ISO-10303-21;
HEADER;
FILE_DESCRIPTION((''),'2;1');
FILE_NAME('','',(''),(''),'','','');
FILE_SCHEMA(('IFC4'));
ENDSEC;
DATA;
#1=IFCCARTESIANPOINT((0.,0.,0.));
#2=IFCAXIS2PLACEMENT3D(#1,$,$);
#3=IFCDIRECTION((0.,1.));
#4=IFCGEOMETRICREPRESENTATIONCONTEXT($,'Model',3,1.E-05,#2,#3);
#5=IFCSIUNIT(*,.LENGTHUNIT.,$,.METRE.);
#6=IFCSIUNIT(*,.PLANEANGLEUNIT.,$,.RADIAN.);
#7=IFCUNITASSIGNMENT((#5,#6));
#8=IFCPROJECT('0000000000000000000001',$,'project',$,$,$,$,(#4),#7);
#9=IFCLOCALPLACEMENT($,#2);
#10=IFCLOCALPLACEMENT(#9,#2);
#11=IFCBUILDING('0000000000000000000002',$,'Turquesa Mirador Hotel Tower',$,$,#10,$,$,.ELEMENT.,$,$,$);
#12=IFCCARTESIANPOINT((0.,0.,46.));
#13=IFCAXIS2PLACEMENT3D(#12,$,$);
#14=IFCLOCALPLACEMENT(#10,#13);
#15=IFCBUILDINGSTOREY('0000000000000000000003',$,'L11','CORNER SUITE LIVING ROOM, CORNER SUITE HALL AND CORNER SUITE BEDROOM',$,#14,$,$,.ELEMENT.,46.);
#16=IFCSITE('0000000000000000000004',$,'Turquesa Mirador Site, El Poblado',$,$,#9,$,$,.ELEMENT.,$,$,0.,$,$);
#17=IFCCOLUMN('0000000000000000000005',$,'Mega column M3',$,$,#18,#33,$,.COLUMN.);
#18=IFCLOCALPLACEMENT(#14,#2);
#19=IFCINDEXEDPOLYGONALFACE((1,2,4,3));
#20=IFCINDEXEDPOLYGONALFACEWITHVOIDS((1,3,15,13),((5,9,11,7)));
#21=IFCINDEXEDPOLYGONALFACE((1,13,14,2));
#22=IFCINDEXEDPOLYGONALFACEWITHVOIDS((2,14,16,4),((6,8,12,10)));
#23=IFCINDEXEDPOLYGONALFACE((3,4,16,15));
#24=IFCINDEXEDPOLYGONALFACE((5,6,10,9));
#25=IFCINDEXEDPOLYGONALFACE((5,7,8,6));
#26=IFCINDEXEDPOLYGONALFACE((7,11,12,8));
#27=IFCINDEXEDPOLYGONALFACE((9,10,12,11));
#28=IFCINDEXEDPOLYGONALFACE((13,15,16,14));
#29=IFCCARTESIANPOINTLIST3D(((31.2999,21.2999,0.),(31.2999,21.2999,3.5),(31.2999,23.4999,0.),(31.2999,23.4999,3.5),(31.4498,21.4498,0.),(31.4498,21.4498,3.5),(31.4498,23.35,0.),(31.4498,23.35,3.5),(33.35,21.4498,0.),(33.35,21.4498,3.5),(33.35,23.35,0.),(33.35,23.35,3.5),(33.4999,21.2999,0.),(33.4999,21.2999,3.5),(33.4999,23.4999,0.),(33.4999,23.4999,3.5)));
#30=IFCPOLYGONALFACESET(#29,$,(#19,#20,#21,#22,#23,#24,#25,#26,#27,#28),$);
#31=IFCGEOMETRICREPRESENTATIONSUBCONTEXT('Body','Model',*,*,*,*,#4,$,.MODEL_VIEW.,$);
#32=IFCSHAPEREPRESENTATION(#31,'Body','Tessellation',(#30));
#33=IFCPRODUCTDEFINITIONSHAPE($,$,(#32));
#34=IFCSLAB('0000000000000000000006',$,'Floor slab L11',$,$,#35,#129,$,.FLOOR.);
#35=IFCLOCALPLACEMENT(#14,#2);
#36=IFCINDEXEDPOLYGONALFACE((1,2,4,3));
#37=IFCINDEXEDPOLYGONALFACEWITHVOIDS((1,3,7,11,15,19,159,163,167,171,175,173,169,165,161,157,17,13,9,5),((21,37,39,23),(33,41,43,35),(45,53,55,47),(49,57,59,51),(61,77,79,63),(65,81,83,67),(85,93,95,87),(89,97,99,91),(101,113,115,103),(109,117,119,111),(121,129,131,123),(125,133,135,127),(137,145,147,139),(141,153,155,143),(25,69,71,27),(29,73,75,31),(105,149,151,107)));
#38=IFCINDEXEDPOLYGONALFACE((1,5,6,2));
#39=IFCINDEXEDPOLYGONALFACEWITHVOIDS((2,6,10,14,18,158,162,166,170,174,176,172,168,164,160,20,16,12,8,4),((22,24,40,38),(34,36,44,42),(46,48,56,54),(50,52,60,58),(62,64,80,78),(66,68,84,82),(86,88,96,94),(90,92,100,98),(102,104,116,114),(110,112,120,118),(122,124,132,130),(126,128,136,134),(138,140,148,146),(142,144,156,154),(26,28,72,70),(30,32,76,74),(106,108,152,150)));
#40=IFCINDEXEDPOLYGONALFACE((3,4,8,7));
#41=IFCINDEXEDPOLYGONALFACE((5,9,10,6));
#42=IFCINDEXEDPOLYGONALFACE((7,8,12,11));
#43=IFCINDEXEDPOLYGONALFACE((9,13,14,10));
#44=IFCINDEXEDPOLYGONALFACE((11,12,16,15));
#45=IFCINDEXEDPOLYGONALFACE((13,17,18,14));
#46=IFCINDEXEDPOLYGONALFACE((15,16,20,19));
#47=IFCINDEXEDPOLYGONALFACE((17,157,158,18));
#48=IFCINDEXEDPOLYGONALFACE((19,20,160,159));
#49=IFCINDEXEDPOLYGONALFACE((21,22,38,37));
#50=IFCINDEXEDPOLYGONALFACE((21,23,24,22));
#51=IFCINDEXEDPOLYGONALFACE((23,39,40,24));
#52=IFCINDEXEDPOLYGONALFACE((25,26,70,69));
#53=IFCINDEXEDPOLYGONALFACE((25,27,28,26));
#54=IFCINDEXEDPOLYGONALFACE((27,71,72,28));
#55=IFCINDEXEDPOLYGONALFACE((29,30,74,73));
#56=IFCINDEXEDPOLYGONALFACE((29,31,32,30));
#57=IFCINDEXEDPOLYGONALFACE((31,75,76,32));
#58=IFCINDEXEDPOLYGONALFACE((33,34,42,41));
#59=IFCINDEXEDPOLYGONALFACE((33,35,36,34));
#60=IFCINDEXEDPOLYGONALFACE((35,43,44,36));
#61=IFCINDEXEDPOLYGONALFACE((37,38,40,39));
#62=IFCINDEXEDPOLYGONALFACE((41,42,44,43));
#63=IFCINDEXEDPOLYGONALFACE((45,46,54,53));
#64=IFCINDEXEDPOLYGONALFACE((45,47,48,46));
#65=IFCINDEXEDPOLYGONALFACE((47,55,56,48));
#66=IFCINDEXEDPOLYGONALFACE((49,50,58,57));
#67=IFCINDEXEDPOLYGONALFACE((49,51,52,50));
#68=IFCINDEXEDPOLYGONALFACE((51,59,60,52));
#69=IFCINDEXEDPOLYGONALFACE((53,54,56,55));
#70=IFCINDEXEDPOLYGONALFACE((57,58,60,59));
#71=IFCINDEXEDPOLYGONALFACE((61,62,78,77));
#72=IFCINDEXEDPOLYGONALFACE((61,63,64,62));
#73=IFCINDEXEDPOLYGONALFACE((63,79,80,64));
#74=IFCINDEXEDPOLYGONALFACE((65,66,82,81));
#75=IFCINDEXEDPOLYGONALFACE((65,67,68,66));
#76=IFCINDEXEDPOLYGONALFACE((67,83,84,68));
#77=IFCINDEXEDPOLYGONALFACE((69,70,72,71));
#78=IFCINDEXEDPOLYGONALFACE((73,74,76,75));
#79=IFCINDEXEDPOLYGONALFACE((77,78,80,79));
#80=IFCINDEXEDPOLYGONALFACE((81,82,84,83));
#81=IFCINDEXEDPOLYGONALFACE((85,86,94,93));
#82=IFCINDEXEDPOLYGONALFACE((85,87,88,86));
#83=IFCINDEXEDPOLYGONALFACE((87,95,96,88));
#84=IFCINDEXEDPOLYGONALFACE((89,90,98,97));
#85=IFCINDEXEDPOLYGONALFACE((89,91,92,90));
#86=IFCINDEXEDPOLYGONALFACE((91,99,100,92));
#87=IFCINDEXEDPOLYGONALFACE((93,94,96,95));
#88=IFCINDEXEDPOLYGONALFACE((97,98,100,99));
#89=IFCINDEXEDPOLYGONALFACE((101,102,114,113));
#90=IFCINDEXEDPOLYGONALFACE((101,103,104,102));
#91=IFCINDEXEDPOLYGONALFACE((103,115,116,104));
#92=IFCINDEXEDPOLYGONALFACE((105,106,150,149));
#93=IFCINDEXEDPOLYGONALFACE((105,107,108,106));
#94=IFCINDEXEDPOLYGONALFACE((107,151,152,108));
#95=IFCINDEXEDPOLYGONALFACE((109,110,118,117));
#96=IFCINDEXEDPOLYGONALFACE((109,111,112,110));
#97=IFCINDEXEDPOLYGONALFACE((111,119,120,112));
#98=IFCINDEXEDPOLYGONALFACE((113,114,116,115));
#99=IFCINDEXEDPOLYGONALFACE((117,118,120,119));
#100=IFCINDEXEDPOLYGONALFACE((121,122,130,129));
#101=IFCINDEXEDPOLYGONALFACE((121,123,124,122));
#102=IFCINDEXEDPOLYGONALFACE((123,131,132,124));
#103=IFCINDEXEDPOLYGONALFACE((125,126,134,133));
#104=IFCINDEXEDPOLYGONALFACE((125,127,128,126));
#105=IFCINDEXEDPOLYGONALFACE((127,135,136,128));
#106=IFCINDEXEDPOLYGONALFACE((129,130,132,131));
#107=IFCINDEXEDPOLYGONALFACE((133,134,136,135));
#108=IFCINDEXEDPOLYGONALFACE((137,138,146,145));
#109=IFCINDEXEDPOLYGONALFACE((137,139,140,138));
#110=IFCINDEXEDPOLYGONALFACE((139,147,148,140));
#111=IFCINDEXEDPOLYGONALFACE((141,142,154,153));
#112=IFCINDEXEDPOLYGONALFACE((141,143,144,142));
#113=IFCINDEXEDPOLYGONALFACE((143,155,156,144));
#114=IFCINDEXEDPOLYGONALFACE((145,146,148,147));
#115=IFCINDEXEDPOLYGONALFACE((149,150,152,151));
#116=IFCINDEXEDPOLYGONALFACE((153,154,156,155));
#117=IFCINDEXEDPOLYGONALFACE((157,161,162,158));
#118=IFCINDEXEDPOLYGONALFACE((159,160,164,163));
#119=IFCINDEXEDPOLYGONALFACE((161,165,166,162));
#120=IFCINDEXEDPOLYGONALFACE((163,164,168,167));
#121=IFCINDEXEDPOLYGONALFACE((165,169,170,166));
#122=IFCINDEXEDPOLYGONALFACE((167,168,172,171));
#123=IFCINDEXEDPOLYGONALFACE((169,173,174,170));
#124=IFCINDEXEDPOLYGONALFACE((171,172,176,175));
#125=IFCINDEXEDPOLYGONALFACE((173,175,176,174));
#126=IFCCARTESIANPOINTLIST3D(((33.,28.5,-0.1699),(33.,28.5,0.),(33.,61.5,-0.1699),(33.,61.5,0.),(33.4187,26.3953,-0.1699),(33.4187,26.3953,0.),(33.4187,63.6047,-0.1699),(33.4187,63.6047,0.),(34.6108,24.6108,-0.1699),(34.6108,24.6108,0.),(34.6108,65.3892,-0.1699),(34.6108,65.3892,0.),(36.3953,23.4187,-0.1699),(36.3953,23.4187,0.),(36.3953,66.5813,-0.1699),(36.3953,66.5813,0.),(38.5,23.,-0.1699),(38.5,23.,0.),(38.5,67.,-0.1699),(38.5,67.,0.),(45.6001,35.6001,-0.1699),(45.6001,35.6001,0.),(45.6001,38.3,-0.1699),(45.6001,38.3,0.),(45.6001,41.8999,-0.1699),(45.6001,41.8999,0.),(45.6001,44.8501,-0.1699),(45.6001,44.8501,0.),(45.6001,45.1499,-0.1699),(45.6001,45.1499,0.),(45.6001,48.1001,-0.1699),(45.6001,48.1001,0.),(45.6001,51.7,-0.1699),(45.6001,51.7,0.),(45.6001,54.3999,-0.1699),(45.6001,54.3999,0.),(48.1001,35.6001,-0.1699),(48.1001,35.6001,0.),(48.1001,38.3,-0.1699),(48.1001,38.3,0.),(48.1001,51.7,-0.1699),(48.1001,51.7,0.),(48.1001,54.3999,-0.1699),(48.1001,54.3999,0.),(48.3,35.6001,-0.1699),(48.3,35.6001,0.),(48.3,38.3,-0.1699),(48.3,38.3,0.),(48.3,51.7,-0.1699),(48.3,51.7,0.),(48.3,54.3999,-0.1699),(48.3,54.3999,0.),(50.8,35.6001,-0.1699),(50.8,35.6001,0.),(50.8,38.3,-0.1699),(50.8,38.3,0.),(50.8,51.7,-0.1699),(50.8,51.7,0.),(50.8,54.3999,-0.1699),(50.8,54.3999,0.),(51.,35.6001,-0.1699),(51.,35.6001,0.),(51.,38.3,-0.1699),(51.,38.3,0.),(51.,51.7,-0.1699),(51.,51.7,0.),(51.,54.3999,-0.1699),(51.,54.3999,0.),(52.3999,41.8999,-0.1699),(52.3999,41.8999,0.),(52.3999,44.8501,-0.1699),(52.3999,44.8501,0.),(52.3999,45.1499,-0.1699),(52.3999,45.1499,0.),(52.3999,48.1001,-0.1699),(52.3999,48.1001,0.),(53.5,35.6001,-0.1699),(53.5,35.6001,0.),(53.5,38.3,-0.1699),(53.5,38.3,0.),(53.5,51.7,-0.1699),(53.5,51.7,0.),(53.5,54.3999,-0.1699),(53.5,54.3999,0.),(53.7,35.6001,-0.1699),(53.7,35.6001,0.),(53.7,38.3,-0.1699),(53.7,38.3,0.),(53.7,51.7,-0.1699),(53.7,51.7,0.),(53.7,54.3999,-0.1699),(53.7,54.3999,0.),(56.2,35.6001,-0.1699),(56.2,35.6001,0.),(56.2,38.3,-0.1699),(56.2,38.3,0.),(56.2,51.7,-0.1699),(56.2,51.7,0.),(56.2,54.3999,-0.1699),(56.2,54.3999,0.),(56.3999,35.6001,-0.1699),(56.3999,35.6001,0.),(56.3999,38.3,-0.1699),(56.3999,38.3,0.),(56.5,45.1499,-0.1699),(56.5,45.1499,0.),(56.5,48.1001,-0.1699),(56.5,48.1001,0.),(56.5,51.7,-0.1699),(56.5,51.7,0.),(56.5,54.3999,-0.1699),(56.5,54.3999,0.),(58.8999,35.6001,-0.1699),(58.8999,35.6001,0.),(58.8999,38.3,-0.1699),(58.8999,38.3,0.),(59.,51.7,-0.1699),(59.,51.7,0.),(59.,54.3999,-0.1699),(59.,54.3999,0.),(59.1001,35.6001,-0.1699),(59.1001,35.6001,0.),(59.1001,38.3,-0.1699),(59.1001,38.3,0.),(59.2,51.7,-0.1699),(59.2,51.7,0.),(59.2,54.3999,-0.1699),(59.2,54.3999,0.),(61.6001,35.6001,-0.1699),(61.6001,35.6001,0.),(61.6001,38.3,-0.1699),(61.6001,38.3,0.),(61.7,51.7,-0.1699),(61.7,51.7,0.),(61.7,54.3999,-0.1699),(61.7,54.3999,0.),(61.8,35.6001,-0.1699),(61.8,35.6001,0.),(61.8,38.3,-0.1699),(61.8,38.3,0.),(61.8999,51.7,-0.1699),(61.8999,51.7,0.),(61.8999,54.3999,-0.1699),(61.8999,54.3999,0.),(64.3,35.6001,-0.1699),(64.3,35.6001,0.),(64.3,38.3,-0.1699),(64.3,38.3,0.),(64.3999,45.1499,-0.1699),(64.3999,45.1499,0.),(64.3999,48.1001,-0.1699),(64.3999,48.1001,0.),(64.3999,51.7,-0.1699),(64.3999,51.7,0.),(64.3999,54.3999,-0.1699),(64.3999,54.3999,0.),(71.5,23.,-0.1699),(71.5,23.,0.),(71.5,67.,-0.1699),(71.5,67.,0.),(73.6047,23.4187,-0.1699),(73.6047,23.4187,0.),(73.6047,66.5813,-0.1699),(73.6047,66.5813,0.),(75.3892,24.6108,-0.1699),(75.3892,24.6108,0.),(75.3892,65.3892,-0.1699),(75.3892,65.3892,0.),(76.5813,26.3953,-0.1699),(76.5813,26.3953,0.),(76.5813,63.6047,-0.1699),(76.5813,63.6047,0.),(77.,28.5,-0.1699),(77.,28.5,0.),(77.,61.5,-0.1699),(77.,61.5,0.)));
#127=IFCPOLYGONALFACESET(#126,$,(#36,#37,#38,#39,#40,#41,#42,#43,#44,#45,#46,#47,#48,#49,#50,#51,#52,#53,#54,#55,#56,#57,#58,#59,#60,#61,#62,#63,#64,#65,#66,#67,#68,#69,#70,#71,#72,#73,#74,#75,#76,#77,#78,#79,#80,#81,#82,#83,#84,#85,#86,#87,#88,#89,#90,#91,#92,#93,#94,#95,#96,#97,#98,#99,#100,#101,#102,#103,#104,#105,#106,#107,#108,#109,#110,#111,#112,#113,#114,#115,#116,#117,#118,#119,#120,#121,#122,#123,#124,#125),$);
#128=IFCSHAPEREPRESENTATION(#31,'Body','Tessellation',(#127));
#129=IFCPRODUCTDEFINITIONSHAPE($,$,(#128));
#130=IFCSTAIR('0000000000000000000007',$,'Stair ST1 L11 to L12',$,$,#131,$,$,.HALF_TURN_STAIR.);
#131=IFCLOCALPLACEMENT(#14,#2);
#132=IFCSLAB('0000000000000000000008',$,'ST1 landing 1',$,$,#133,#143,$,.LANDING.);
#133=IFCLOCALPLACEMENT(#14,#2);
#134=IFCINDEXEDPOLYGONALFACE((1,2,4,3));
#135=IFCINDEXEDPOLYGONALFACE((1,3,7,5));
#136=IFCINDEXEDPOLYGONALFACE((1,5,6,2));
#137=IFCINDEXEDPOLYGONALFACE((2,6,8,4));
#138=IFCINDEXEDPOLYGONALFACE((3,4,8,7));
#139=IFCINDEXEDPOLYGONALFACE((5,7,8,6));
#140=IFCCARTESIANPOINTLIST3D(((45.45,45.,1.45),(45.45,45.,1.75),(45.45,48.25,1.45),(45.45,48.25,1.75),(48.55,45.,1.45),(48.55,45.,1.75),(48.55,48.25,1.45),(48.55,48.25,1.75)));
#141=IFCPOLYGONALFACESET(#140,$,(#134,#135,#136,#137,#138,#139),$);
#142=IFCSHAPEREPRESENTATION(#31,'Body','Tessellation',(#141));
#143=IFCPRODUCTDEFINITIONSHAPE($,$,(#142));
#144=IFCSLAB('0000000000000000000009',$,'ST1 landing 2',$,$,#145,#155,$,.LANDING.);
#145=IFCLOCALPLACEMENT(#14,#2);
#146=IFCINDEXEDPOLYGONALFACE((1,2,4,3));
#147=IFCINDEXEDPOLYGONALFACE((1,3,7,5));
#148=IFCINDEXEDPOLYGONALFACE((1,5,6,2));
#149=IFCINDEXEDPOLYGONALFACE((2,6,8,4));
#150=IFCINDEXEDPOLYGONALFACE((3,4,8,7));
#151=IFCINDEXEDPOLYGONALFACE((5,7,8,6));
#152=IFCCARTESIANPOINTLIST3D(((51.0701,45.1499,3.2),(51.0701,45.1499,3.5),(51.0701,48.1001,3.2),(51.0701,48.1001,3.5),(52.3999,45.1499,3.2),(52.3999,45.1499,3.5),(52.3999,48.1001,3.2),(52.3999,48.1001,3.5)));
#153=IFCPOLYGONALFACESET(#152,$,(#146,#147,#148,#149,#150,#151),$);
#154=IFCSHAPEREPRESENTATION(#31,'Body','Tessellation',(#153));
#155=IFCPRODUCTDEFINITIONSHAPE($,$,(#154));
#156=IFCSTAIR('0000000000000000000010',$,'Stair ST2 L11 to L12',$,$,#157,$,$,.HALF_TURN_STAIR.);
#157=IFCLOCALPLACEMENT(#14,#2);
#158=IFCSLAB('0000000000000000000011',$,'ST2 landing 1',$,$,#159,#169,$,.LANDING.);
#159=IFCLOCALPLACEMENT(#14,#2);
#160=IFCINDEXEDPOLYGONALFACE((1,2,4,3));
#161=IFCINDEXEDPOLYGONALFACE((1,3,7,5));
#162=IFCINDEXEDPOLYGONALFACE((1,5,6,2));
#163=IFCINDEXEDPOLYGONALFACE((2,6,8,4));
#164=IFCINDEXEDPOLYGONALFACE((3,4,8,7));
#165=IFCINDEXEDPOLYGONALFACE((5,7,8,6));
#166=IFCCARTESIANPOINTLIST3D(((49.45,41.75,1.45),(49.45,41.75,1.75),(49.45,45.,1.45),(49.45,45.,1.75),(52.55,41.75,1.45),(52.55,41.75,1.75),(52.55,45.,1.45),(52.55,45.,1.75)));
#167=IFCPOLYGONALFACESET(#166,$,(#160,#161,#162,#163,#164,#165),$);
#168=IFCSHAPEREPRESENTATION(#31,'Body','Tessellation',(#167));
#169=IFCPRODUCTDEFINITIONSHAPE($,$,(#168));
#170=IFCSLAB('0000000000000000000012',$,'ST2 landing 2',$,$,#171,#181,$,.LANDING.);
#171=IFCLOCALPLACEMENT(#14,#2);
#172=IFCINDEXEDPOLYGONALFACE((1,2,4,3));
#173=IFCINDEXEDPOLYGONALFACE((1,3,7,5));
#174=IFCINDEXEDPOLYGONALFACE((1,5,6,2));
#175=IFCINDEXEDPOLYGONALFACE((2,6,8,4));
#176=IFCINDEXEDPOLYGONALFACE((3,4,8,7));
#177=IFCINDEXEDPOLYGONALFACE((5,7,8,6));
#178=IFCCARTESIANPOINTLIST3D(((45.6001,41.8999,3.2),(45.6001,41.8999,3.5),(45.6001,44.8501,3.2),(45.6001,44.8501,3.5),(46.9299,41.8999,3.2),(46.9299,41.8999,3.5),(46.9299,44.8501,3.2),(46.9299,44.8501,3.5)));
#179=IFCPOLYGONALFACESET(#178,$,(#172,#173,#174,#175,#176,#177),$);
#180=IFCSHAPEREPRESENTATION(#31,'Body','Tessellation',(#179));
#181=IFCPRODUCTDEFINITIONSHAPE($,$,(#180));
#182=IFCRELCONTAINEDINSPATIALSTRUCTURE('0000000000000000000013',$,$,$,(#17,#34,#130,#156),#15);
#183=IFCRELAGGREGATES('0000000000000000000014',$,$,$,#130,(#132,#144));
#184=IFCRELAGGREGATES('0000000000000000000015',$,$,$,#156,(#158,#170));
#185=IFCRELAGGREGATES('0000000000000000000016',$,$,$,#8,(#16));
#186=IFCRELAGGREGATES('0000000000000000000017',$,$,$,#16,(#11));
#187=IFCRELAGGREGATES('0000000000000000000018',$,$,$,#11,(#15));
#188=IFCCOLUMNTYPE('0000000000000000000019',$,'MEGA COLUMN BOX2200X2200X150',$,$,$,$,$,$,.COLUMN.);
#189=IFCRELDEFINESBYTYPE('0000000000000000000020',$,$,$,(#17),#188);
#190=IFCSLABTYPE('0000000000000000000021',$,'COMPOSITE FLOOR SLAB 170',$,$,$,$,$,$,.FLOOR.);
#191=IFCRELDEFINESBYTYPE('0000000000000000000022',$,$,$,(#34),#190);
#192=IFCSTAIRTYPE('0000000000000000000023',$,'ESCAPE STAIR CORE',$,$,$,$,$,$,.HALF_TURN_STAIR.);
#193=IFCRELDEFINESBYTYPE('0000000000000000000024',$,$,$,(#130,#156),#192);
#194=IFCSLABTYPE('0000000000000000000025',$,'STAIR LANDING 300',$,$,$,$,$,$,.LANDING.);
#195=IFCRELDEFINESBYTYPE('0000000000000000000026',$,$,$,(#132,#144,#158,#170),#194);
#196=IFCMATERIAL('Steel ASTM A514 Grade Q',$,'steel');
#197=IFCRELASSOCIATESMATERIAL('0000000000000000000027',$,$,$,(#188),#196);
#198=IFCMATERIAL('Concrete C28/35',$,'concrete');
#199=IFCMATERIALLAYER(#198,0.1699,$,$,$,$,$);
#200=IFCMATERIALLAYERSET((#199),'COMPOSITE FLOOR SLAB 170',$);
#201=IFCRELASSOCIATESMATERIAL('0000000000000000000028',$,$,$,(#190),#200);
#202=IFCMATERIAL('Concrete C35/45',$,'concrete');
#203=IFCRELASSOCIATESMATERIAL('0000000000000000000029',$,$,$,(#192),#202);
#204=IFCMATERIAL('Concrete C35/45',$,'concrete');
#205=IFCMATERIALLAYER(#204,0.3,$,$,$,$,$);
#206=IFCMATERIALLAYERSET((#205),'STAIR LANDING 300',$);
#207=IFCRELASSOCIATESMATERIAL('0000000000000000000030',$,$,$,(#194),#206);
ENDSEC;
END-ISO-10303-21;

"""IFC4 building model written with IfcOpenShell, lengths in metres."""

from ifc_helpers import new_model, si_unit, direction, frame, origin, origin_2d, place, context, subcontext, project, spatial, polyline, hollow_rectangle, outline, extrude, material, layer, layer_set, material_profile, profile_set, type_object, element, aggregate, save


model = new_model("IFC4")

# Units and contexts
model_context = context("Model", 3, precision=1e-05, world=origin(), true_north=direction((0.0, 1.0)))
body_context = subcontext(model_context, "Body", "Model", "MODEL_VIEW")
ifc_project = project(units=[si_unit("LENGTHUNIT", "METRE"), si_unit("PLANEANGLEUNIT", "RADIAN")], contexts=[model_context])

# Site, building, storey
site_placement = place(None, origin())
site = spatial("IfcSite", under=ifc_project, at=site_placement, Name="Turquesa Mirador Site, El Poblado", CompositionType="ELEMENT", RefElevation=0.0)
building_placement = place(site_placement, origin())
building = spatial("IfcBuilding", under=site, at=building_placement, Name="Turquesa Mirador Hotel Tower", CompositionType="ELEMENT")
storey_placement = place(building_placement, frame((0.0, 0.0, 46.0)))
storey = spatial("IfcBuildingStorey", under=building, at=storey_placement, Name="L11", Description="CORNER SUITE LIVING ROOM, CORNER SUITE HALL AND CORNER SUITE BEDROOM", CompositionType="ELEMENT", Elevation=46.0)

# Column
ifc_material_1 = material(Name="Steel ASTM A514 Grade Q", Category="steel")
ifc_material_profile = material_profile(ifc_material_1, hollow_rectangle(XDim=2.2, YDim=2.2, WallThickness=0.1499, at=origin_2d()), Name="BOX2200X2200X150")
ifc_profile_set = profile_set([ifc_material_profile], Name="Steel ASTM A514 Grade Q")
column_type = type_object("IfcColumnType", Name="MEGA COLUMN BOX2200X2200X150", PredefinedType="COLUMN", material=ifc_profile_set)
column_placement = place(storey_placement, frame((32.3999, 22.3999, 0.0), z_axis=(0.0, 0.0, 1.0), x_axis=(1.0, 0.0, 0.0)))
element("IfcColumn", 1, at=column_placement, inside=storey, type_object=column_type, Name="Mega column M3", PredefinedType="COLUMN", context=body_context, shape_type="SweptSolid", body=[
    extrude(hollow_rectangle(XDim=2.2, YDim=2.2, WallThickness=0.1499, at=origin_2d()), origin(), (0.0, 0.0, 1.0), 3.5),
])

# Slab
ifc_material_2 = material(Name="Concrete C28/35", Category="concrete")
ifc_layer_1 = layer(ifc_material_2, 0.1699)
ifc_layer_set_1 = layer_set([ifc_layer_1], Name="COMPOSITE FLOOR SLAB 170")
slab_type_1 = type_object("IfcSlabType", Name="COMPOSITE FLOOR SLAB 170", PredefinedType="FLOOR", material=ifc_layer_set_1)
slab_1_placement = place(storey_placement, frame((0.0, 0.0, -0.1699)))
element("IfcSlab", 2, at=slab_1_placement, inside=storey, type_object=slab_type_1, Name="Floor slab L11", PredefinedType="FLOOR", context=body_context, shape_type="SweptSolid", body=[
    extrude(outline(polyline([(71.5, 23.0), (73.6047, 23.4187), (75.3892, 24.6108), (76.5813, 26.3953), (77.0, 28.5), (77.0, 61.5), (76.5813, 63.6047), (75.3892, 65.3892), (73.6047, 66.5813), (71.5, 67.0), (38.5, 67.0), (36.3953, 66.5813), (34.6108, 65.3892), (33.4187, 63.6047), (33.0, 61.5), (33.0, 28.5), (33.4187, 26.3953), (34.6108, 24.6108), (36.3953, 23.4187), (38.5, 23.0), (71.5, 23.0)]), holes=[polyline([(45.6001, 51.7), (48.1001, 51.7), (48.1001, 54.3999), (45.6001, 54.3999), (45.6001, 51.7)]), polyline([(48.3, 51.7), (50.8, 51.7), (50.8, 54.3999), (48.3, 54.3999), (48.3, 51.7)]), polyline([(51.0, 51.7), (53.5, 51.7), (53.5, 54.3999), (51.0, 54.3999), (51.0, 51.7)]), polyline([(53.7, 51.7), (56.2, 51.7), (56.2, 54.3999), (53.7, 54.3999), (53.7, 51.7)]), polyline([(56.5, 51.7), (59.0, 51.7), (59.0, 54.3999), (56.5, 54.3999), (56.5, 51.7)]), polyline([(59.2, 51.7), (61.7, 51.7), (61.7, 54.3999), (59.2, 54.3999), (59.2, 51.7)]), polyline([(45.6001, 35.6001), (48.1001, 35.6001), (48.1001, 38.3), (45.6001, 38.3), (45.6001, 35.6001)]), polyline([(48.3, 35.6001), (50.8, 35.6001), (50.8, 38.3), (48.3, 38.3), (48.3, 35.6001)]), polyline([(51.0, 35.6001), (53.5, 35.6001), (53.5, 38.3), (51.0, 38.3), (51.0, 35.6001)]), polyline([(53.7, 35.6001), (56.2, 35.6001), (56.2, 38.3), (53.7, 38.3), (53.7, 35.6001)]), polyline([(56.3999, 35.6001), (58.8999, 35.6001), (58.8999, 38.3), (56.3999, 38.3), (56.3999, 35.6001)]), polyline([(59.1001, 35.6001), (61.6001, 35.6001), (61.6001, 38.3), (59.1001, 38.3), (59.1001, 35.6001)]), polyline([(61.8, 35.6001), (64.3, 35.6001), (64.3, 38.3), (61.8, 38.3), (61.8, 35.6001)]), polyline([(45.6001, 45.1499), (52.3999, 45.1499), (52.3999, 48.1001), (45.6001, 48.1001), (45.6001, 45.1499)]), polyline([(45.6001, 41.8999), (52.3999, 41.8999), (52.3999, 44.8501), (45.6001, 44.8501), (45.6001, 41.8999)]), polyline([(56.5, 45.1499), (64.3999, 45.1499), (64.3999, 48.1001), (56.5, 48.1001), (56.5, 45.1499)]), polyline([(61.8999, 51.7), (64.3999, 51.7), (64.3999, 54.3999), (61.8999, 54.3999), (61.8999, 51.7)])]), origin(), (0.0, 0.0, 1.0), 0.1699),
])

# Stairs, slabs
ifc_material_3 = material(Name="Concrete C35/45", Category="concrete")
stair_type = type_object("IfcStairType", Name="ESCAPE STAIR CORE", PredefinedType="HALF_TURN_STAIR", material=ifc_material_3)
stair_1_placement = place(storey_placement, origin())
stair_1 = element("IfcStair", 3, at=stair_1_placement, inside=storey, type_object=stair_type, Name="Stair ST1 L11 to L12", PredefinedType="HALF_TURN_STAIR")
ifc_material_4 = material(Name="Concrete C35/45", Category="concrete")
ifc_layer_2 = layer(ifc_material_4, 0.3)
ifc_layer_set_2 = layer_set([ifc_layer_2], Name="STAIR LANDING 300")
slab_type_2 = type_object("IfcSlabType", Name="STAIR LANDING 300", PredefinedType="LANDING", material=ifc_layer_set_2)
slab_2_placement = place(storey_placement, frame((0.0, 0.0, 1.45)))
slab_2 = element("IfcSlab", 4, at=slab_2_placement, type_object=slab_type_2, Name="ST1 landing 1", PredefinedType="LANDING", context=body_context, shape_type="SweptSolid", body=[
    extrude(outline(polyline([(45.45, 45.0), (48.55, 45.0), (48.55, 48.25), (45.45, 48.25), (45.45, 45.0)])), origin(), (0.0, 0.0, 1.0), 0.3),
])
slab_3_placement = place(storey_placement, frame((0.0, 0.0, 3.2)))
slab_3 = element("IfcSlab", 5, at=slab_3_placement, type_object=slab_type_2, Name="ST1 landing 2", PredefinedType="LANDING", context=body_context, shape_type="SweptSolid", body=[
    extrude(outline(polyline([(51.0701, 45.1499), (52.3999, 45.1499), (52.3999, 48.1001), (51.0701, 48.1001), (51.0701, 45.1499)])), origin(), (0.0, 0.0, 1.0), 0.3),
])
aggregate(stair_1, [slab_2, slab_3])
stair_2_placement = place(storey_placement, origin())
stair_2 = element("IfcStair", 6, at=stair_2_placement, inside=storey, type_object=stair_type, Name="Stair ST2 L11 to L12", PredefinedType="HALF_TURN_STAIR")
slab_4_placement = place(storey_placement, frame((0.0, 0.0, 1.45)))
slab_4 = element("IfcSlab", 7, at=slab_4_placement, type_object=slab_type_2, Name="ST2 landing 1", PredefinedType="LANDING", context=body_context, shape_type="SweptSolid", body=[
    extrude(outline(polyline([(52.55, 45.0), (49.45, 45.0), (49.45, 41.75), (52.55, 41.75), (52.55, 45.0)])), origin(), (0.0, 0.0, 1.0), 0.3),
])
slab_5_placement = place(storey_placement, frame((0.0, 0.0, 3.2)))
slab_5 = element("IfcSlab", 8, at=slab_5_placement, type_object=slab_type_2, Name="ST2 landing 2", PredefinedType="LANDING", context=body_context, shape_type="SweptSolid", body=[
    extrude(outline(polyline([(46.9299, 44.8501), (45.6001, 44.8501), (45.6001, 41.8999), (46.9299, 41.8999), (46.9299, 44.8501)])), origin(), (0.0, 0.0, 1.0), 0.3),
])
aggregate(stair_2, [slab_4, slab_5])

save(model, "model.ifc")
